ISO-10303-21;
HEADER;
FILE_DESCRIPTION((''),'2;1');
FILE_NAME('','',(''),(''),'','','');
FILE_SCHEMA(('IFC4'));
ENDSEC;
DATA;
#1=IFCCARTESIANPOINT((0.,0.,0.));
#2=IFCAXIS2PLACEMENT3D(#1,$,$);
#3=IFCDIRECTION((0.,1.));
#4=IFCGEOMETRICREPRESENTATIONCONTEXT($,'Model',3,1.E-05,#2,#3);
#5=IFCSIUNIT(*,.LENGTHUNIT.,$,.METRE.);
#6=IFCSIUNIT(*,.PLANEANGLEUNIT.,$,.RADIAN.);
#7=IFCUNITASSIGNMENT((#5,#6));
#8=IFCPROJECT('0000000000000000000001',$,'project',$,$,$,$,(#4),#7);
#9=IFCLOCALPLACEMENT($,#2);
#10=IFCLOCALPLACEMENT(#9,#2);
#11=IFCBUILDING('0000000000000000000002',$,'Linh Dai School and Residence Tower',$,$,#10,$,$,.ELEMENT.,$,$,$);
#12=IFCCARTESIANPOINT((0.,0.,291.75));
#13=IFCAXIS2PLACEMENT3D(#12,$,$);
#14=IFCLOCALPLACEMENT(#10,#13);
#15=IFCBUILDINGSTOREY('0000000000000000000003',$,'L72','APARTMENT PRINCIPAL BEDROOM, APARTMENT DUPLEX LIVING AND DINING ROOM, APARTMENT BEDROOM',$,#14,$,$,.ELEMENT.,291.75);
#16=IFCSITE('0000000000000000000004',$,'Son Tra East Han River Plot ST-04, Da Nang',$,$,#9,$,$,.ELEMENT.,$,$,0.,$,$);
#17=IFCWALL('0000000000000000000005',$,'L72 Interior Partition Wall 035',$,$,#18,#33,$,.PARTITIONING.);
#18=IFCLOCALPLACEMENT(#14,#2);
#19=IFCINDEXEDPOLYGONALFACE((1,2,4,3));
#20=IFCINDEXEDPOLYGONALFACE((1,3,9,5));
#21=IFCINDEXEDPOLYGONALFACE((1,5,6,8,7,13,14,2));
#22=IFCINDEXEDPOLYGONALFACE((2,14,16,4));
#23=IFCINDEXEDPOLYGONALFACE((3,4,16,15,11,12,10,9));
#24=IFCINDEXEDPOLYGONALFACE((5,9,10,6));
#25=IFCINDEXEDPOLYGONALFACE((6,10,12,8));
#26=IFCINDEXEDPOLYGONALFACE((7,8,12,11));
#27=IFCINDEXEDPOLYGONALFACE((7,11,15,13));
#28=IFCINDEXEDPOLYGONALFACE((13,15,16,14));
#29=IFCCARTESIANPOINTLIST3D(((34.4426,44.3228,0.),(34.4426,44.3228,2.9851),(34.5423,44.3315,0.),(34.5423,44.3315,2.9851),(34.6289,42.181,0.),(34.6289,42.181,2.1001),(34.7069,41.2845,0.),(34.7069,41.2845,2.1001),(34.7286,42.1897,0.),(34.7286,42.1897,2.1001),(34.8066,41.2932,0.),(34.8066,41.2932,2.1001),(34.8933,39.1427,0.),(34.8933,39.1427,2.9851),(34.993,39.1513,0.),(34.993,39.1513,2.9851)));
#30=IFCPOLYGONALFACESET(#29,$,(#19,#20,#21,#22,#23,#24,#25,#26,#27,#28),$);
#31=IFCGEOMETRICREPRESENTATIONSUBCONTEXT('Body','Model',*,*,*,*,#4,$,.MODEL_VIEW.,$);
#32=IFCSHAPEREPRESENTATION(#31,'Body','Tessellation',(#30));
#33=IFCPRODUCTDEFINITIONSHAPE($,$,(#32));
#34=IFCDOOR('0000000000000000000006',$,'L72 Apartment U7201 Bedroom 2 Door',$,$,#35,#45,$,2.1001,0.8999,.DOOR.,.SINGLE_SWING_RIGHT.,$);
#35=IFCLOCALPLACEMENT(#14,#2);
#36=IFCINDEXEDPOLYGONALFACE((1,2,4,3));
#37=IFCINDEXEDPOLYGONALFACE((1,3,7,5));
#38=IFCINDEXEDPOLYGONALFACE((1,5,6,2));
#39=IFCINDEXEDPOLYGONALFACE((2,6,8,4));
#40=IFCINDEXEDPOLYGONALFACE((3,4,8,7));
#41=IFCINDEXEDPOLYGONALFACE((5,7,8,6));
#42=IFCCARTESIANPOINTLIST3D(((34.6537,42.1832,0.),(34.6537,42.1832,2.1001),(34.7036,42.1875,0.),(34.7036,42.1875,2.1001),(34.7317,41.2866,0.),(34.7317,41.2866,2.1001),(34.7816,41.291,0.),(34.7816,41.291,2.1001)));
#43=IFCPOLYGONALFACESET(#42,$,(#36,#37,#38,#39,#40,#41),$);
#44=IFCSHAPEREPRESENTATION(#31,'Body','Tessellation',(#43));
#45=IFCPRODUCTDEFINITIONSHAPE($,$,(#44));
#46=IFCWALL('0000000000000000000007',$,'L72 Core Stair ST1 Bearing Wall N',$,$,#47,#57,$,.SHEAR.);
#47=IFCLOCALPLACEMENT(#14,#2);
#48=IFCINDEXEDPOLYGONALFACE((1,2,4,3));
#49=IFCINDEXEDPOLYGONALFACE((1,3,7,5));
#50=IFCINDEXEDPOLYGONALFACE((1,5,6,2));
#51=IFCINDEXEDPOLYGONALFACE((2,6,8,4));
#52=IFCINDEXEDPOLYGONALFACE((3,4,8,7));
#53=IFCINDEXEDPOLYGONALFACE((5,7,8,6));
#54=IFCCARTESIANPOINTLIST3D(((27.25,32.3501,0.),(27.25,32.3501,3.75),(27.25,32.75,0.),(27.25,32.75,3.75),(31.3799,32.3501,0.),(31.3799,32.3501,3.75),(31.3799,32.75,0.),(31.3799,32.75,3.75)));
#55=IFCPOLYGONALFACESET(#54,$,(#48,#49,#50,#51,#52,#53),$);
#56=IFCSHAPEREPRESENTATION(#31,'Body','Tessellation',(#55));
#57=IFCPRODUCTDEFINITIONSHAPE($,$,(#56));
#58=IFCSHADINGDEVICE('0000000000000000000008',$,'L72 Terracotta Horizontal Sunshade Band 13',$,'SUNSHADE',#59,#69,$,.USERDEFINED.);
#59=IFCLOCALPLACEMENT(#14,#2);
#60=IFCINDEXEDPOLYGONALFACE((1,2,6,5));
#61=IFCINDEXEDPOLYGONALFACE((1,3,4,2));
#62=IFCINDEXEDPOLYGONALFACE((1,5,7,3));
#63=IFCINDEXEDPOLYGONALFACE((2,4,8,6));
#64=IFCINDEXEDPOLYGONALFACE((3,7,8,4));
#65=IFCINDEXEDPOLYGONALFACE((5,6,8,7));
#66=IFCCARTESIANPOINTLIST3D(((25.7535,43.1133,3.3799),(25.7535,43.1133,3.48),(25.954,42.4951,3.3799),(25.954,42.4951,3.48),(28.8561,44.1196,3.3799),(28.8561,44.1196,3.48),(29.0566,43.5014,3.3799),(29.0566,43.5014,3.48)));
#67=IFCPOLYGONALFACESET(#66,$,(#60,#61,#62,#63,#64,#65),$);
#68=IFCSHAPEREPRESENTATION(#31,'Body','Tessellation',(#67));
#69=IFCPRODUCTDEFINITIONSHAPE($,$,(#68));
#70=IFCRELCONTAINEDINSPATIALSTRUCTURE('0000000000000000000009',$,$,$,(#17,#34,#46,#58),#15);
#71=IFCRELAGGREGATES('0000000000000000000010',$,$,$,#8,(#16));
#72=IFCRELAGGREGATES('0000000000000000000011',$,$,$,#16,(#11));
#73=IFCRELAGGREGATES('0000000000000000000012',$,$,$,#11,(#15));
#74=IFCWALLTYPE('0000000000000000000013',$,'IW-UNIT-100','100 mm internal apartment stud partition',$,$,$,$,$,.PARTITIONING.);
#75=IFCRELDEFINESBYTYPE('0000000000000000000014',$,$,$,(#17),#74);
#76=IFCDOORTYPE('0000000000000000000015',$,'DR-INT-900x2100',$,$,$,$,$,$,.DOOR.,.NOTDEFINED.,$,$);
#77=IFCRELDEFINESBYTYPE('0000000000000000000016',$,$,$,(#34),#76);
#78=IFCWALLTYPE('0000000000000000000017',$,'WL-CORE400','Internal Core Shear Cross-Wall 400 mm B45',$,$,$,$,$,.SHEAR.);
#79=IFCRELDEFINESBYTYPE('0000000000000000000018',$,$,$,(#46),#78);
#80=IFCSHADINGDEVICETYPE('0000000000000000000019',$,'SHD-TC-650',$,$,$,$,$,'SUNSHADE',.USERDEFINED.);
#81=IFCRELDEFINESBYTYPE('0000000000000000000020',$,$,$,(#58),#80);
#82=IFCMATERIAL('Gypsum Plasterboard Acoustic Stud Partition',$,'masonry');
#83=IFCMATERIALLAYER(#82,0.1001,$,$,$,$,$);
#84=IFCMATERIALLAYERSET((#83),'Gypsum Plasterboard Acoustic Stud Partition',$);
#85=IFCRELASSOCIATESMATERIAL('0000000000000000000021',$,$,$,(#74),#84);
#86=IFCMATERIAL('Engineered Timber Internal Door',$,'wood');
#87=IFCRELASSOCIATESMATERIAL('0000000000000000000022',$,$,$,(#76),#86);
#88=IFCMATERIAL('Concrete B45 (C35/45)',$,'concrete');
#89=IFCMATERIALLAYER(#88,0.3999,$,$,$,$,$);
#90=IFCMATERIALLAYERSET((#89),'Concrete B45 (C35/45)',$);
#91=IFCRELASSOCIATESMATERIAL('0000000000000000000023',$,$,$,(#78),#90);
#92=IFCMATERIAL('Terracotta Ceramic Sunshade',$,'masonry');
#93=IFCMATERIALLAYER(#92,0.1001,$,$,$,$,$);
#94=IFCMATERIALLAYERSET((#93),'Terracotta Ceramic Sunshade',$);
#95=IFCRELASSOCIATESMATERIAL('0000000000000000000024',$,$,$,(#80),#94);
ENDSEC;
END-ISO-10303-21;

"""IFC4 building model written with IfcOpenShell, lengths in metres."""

from ifc_helpers import new_model, si_unit, direction, frame, frame_2d, origin, origin_2d, place, context, subcontext, project, spatial, rectangle, extrude, source, transform, mapped, material, layer, layer_set, type_object, element, fill, save


model = new_model("IFC4")

# Units and contexts
model_context = context("Model", 3, precision=1e-05, world=origin(), true_north=direction((0.0, 1.0)))
body_context = subcontext(model_context, "Body", "Model", "MODEL_VIEW")
ifc_project = project(units=[si_unit("LENGTHUNIT", "METRE"), si_unit("PLANEANGLEUNIT", "RADIAN")], contexts=[model_context])

# Site, building, storey
site_placement = place(None, origin())
site = spatial("IfcSite", under=ifc_project, at=site_placement, Name="Son Tra East Han River Plot ST-04, Da Nang", CompositionType="ELEMENT", RefElevation=0.0)
building_placement = place(site_placement, origin())
building = spatial("IfcBuilding", under=site, at=building_placement, Name="Linh Dai School and Residence Tower", CompositionType="ELEMENT")
storey_placement = place(building_placement, frame((0.0, 0.0, 291.75)))
storey = spatial("IfcBuildingStorey", under=building, at=storey_placement, Name="L72", Description="APARTMENT PRINCIPAL BEDROOM, APARTMENT DUPLEX LIVING AND DINING ROOM, APARTMENT BEDROOM", CompositionType="ELEMENT", Elevation=291.75)

# Shared definitions
ifc_material_1 = material(Name="Gypsum Plasterboard Acoustic Stud Partition", Category="masonry")
ifc_layer_1 = layer(ifc_material_1, 0.1001)
ifc_layer_set_1 = layer_set([ifc_layer_1], Name="Gypsum Plasterboard Acoustic Stud Partition")
wall_type_1 = type_object("IfcWallType", Name="IW-UNIT-100", Description="100 mm internal apartment stud partition", PredefinedType="PARTITIONING", material=ifc_layer_set_1)

# Wall, opening, door
ifc_material_2 = material(Name="Engineered Timber Internal Door", Category="wood")
door_type_1 = type_object("IfcDoorType", Name="DR-INT-900x2100", OperationType="NOTDEFINED", PredefinedType="DOOR", material=ifc_material_2)
shared_shape_1 = source(origin(), body_context, "Body", "SweptSolid", [
    extrude(rectangle(XDim=0.8999, YDim=2.1001, at=origin_2d()), frame((0.45, 0.0249, 1.05), z_axis=(0.0, -1.0, 0.0), x_axis=(1.0, 0.0, 0.0)), (0.0, 0.0, 1.0), 0.05),
])
wall_1_placement = place(storey_placement, frame((34.4924, 44.3271, 0.0), z_axis=(0.0, 0.0, 1.0), x_axis=(0.086674, -0.996237, 0.0)))
wall_1 = element("IfcWall", 1, at=wall_1_placement, inside=storey, type_object=wall_type_1, Name="L72 Interior Partition Wall 035", PredefinedType="PARTITIONING", context=body_context, shape_type="SweptSolid", body=[
    extrude(rectangle(XDim=5.1997, YDim=0.1001, at=frame_2d((2.5999, 0.0))), origin(), (0.0, 0.0, 1.0), 2.9851),
])
opening_1_placement = place(wall_1_placement, frame((2.1499, 0.0, 0.0)))
opening_1 = element("IfcOpeningElement", 2, at=opening_1_placement, cuts=wall_1, PredefinedType="OPENING", context=body_context, shape_type="SweptSolid", body=[
    extrude(rectangle(XDim=0.8999, YDim=2.1001, at=origin_2d()), frame((0.45, 0.0601, 1.05), z_axis=(0.0, -1.0, 0.0), x_axis=(1.0, 0.0, 0.0)), (0.0, 0.0, 1.0), 0.1201),
])
door_1_placement = place(opening_1_placement, origin())
door_1 = element("IfcDoor", 3, at=door_1_placement, inside=storey, type_object=door_type_1, Name="L72 Apartment U7201 Bedroom 2 Door", OperationType="SINGLE_SWING_RIGHT", OverallHeight=2.1001, OverallWidth=0.8999, PredefinedType="DOOR", context=body_context, shape_type="MappedRepresentation", body=[
    mapped(shared_shape_1, transform((0.0, 0.0, 0.0), x_axis=(1.0, 0.0, 0.0), y_axis=(0.0, 1.0, 0.0), z_axis=(0.0, 0.0, 1.0), scale=1.0)),
])
fill(opening_1, door_1)

# Wall
ifc_material_3 = material(Name="Concrete B45 (C35/45)", Category="concrete")
ifc_layer_2 = layer(ifc_material_3, 0.3999)
ifc_layer_set_2 = layer_set([ifc_layer_2], Name="Concrete B45 (C35/45)")
wall_type_2 = type_object("IfcWallType", Name="WL-CORE400", Description="Internal Core Shear Cross-Wall 400 mm B45", PredefinedType="SHEAR", material=ifc_layer_set_2)
wall_2_placement = place(storey_placement, frame((27.25, 32.55, 0.0), z_axis=(0.0, 0.0, 1.0), x_axis=(1.0, 0.0, 0.0)))
element("IfcWall", 4, at=wall_2_placement, inside=storey, type_object=wall_type_2, Name="L72 Core Stair ST1 Bearing Wall N", PredefinedType="SHEAR", context=body_context, shape_type="SweptSolid", body=[
    extrude(rectangle(XDim=4.1299, YDim=0.3999, at=frame_2d((2.0649, 0.0))), origin(), (0.0, 0.0, 1.0), 3.75),
])

# Shading device
ifc_material_4 = material(Name="Terracotta Ceramic Sunshade", Category="masonry")
ifc_layer_3 = layer(ifc_material_4, 0.1001)
ifc_layer_set_3 = layer_set([ifc_layer_3], Name="Terracotta Ceramic Sunshade")
shading_device_type = type_object("IfcShadingDeviceType", Name="SHD-TC-650", ElementType="SUNSHADE", PredefinedType="USERDEFINED", material=ifc_layer_set_3)
shared_shape_2 = source(origin(), body_context, "Body", "SweptSolid", [
    extrude(rectangle(XDim=3.2617, YDim=0.6499, at=origin_2d()), origin(), (0.0, 0.0, 1.0), 0.1001),
])
shading_device_placement = place(storey_placement, frame((27.405, 43.3074, 3.3799), z_axis=(0.0, 0.0, 1.0), x_axis=(0.951218, 0.308519, 0.0)))
element("IfcShadingDevice", 5, at=shading_device_placement, inside=storey, type_object=shading_device_type, Name="L72 Terracotta Horizontal Sunshade Band 13", ObjectType="SUNSHADE", PredefinedType="USERDEFINED", context=body_context, shape_type="MappedRepresentation", body=[
    mapped(shared_shape_2, transform((0.0, 0.0, 0.0), x_axis=(1.0, 0.0, 0.0), y_axis=(0.0, 1.0, 0.0), z_axis=(0.0, 0.0, 1.0), scale=1.0)),
])

save(model, "model.ifc")
